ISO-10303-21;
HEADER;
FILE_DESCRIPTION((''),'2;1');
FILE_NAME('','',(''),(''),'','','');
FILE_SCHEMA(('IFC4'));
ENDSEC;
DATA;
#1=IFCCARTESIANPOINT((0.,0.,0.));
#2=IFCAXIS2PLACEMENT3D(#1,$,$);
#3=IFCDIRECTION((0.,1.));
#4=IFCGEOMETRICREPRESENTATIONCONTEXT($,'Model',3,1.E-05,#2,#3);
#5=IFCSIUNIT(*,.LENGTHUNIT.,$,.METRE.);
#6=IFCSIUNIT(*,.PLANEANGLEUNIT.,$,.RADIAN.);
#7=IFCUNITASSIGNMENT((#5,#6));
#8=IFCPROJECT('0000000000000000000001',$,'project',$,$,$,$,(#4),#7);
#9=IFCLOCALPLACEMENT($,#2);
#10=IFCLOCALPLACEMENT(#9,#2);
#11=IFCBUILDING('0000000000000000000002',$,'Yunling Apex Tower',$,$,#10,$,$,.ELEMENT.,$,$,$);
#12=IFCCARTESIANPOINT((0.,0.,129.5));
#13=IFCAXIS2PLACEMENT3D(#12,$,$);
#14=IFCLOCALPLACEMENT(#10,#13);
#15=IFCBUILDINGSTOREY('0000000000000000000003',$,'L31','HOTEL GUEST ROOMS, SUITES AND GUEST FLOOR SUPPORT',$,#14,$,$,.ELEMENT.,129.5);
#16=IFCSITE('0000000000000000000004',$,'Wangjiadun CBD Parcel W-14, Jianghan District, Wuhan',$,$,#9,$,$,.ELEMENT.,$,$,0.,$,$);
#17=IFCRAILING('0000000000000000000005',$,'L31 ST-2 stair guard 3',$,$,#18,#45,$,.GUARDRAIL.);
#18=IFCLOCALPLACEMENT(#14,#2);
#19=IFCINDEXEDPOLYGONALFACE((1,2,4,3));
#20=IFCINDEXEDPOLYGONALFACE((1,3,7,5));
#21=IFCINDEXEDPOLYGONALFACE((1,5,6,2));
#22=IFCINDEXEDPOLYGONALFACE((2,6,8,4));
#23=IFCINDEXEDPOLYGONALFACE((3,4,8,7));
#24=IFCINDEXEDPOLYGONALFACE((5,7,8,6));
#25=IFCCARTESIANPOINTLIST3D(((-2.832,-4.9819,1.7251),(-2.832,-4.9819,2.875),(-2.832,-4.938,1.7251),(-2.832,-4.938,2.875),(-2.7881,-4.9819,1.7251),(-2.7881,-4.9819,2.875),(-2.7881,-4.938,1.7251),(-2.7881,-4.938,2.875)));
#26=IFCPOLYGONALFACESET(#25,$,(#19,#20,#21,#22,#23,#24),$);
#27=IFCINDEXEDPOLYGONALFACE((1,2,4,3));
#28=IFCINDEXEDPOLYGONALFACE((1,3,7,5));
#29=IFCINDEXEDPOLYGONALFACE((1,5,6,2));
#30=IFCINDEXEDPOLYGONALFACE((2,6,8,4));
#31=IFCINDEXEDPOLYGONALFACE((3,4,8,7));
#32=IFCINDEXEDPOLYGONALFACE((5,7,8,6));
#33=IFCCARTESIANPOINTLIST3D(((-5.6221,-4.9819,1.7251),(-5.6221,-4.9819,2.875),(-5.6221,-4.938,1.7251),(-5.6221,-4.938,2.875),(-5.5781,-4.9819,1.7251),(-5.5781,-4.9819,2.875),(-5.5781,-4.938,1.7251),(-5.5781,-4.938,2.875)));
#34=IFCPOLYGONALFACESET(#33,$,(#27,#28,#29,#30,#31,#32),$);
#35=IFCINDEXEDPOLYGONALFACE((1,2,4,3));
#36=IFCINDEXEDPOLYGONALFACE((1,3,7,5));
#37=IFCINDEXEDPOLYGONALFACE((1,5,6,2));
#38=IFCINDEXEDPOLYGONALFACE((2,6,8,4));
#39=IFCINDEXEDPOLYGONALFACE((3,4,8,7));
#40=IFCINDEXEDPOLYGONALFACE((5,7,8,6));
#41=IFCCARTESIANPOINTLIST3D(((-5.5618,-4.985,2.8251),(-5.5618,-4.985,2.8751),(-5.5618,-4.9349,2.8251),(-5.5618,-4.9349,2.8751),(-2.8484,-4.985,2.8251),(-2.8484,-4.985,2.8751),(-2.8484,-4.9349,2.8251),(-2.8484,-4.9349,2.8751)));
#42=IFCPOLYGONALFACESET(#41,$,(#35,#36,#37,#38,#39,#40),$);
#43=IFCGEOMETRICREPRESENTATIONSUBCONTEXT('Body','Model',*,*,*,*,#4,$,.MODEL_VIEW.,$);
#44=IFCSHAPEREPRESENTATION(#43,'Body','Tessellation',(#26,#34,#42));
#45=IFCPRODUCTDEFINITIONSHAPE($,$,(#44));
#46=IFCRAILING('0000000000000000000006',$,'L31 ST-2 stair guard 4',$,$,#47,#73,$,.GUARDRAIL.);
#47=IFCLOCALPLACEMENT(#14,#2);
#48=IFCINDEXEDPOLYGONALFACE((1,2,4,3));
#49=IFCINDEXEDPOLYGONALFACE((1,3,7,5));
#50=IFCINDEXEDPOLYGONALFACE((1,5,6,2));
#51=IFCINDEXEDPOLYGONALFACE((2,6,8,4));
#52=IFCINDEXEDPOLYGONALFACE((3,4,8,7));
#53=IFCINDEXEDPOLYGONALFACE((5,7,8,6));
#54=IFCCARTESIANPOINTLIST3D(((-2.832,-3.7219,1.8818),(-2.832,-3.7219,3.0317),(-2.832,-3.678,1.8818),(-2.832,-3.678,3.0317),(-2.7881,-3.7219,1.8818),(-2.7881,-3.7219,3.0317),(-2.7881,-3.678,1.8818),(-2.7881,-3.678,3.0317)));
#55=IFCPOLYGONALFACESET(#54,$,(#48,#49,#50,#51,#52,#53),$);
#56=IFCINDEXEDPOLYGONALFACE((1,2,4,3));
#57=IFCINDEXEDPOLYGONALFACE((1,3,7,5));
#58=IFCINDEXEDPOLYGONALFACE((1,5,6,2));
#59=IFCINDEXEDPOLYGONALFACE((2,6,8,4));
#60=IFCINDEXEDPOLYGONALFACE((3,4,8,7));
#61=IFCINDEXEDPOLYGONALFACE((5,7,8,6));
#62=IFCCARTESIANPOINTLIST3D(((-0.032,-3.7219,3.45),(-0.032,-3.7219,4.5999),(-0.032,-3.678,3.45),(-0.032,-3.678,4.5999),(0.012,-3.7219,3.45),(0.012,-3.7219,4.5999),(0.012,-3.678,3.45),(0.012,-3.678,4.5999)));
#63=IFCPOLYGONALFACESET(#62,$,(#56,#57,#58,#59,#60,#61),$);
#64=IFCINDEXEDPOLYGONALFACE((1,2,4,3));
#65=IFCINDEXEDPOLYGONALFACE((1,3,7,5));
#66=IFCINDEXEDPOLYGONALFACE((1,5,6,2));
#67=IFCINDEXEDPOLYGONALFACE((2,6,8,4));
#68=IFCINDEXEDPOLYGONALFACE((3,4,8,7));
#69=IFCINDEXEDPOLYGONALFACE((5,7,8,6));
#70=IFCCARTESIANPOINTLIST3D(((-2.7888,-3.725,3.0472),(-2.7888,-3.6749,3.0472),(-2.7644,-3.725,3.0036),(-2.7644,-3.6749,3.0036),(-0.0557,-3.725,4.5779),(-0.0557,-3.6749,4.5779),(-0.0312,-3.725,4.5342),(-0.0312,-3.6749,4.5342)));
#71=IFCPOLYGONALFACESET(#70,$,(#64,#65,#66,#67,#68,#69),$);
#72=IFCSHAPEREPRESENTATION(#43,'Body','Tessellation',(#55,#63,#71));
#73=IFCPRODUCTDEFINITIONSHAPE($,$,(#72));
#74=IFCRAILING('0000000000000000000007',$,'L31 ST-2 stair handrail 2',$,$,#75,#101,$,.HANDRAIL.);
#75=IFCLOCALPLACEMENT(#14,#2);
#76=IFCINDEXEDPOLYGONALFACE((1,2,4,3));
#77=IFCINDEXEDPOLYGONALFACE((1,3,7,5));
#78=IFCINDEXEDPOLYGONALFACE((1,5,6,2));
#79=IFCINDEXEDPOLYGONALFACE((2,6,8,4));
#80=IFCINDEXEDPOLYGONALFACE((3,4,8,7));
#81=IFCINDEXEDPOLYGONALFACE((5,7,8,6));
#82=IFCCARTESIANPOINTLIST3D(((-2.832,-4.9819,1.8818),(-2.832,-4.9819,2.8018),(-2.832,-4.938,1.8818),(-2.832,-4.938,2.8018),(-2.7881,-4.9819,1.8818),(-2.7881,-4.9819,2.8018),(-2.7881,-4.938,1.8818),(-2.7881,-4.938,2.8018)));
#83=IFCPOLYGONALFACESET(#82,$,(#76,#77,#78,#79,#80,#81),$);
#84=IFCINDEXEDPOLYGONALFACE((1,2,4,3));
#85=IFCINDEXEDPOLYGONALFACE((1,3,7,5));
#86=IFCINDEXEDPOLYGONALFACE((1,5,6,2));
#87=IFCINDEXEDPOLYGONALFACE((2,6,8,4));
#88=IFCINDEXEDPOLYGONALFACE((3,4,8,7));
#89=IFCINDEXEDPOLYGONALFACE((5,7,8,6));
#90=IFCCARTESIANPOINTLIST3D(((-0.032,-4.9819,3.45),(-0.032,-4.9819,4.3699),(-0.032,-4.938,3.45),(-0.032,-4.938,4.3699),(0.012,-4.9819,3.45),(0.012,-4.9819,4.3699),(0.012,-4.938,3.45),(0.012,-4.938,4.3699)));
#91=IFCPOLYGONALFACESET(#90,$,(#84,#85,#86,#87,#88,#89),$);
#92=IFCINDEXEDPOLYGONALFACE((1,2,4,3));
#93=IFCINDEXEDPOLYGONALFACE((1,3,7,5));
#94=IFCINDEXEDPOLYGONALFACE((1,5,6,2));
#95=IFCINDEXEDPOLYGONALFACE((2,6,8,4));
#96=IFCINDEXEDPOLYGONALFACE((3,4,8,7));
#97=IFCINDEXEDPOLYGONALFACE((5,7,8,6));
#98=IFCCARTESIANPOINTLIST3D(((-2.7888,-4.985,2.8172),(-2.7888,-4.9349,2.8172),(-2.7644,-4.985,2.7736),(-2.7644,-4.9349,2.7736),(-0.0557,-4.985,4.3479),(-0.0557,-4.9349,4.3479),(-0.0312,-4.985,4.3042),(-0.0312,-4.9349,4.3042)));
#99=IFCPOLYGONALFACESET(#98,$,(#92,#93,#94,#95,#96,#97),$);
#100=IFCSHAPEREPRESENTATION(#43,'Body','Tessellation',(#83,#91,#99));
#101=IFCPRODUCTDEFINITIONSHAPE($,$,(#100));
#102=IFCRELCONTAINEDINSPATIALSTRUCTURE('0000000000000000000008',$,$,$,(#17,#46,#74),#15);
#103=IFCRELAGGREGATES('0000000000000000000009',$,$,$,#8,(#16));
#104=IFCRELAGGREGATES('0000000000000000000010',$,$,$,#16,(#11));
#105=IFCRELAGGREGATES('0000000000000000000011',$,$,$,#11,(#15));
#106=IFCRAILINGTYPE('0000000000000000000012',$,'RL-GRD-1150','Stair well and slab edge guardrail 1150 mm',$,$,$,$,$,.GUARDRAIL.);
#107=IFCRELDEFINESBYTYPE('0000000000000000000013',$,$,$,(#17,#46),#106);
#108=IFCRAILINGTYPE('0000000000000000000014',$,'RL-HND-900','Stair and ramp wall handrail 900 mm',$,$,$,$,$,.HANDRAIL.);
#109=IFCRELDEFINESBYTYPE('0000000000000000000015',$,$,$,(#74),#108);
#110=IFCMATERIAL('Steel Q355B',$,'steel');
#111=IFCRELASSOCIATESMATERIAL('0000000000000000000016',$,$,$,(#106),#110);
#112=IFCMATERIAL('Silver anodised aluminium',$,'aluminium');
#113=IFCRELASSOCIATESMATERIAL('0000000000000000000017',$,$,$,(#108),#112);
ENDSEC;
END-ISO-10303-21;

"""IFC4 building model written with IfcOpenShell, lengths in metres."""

from ifc_helpers import new_model, si_unit, direction, frame, origin, origin_2d, place, context, subcontext, project, spatial, rectangle, extrude, material, type_object, element, save


model = new_model("IFC4")

# Units and contexts
model_context = context("Model", 3, precision=1e-05, world=origin(), true_north=direction((0.0, 1.0)))
body_context = subcontext(model_context, "Body", "Model", "MODEL_VIEW")
ifc_project = project(units=[si_unit("LENGTHUNIT", "METRE"), si_unit("PLANEANGLEUNIT", "RADIAN")], contexts=[model_context])

# Site, building, storey
site_placement = place(None, origin())
site = spatial("IfcSite", under=ifc_project, at=site_placement, Name="Wangjiadun CBD Parcel W-14, Jianghan District, Wuhan", CompositionType="ELEMENT", RefElevation=0.0)
building_placement = place(site_placement, origin())
building = spatial("IfcBuilding", under=site, at=building_placement, Name="Yunling Apex Tower", CompositionType="ELEMENT")
storey_placement = place(building_placement, frame((0.0, 0.0, 129.5)))
storey = spatial("IfcBuildingStorey", under=building, at=storey_placement, Name="L31", Description="HOTEL GUEST ROOMS, SUITES AND GUEST FLOOR SUPPORT", CompositionType="ELEMENT", Elevation=129.5)

# Shared definitions
ifc_material_1 = material(Name="Steel Q355B", Category="steel")

# Shared definitions
ifc_material_2 = material(Name="Silver anodised aluminium", Category="aluminium")

# Railings
railing_type_1 = type_object("IfcRailingType", Name="RL-GRD-1150", Description="Stair well and slab edge guardrail 1150 mm", PredefinedType="GUARDRAIL", material=ifc_material_1)
railing_1_placement = place(storey_placement, frame((-2.8101, -4.96, 1.7251)))
element("IfcRailing", 1, at=railing_1_placement, inside=storey, type_object=railing_type_1, Name="L31 ST-2 stair guard 3", PredefinedType="GUARDRAIL", context=body_context, shape_type="SweptSolid", body=[
    extrude(rectangle(XDim=0.0439, YDim=0.0439, at=origin_2d()), origin(), (0.0, 0.0, 1.0), 1.1499),
    extrude(rectangle(XDim=0.0439, YDim=0.0439, at=origin_2d()), frame((-2.79, 0.0, 0.0)), (0.0, 0.0, 1.0), 1.1499),
    extrude(rectangle(XDim=0.05, YDim=0.05, at=origin_2d()), frame((-0.0383, 0.0, 1.125), z_axis=(-1.0, 0.0, 0.0), x_axis=(0.0, -1.0, 0.0)), (0.0, 0.0, 1.0), 2.7134),
])
railing_2_placement = place(storey_placement, frame((-2.8101, -3.7, 1.8818)))
element("IfcRailing", 2, at=railing_2_placement, inside=storey, type_object=railing_type_1, Name="L31 ST-2 stair guard 4", PredefinedType="GUARDRAIL", context=body_context, shape_type="SweptSolid", body=[
    extrude(rectangle(XDim=0.0439, YDim=0.0439, at=origin_2d()), origin(), (0.0, 0.0, 1.0), 1.1499),
    extrude(rectangle(XDim=0.0439, YDim=0.0439, at=origin_2d()), frame((2.8, 0.0, 1.5681)), (0.0, 0.0, 1.0), 1.1499),
    extrude(rectangle(XDim=0.05, YDim=0.05, at=origin_2d()), frame((0.0334, 0.0, 1.1436), z_axis=(0.872494, 0.0, 0.488624), x_axis=(0.0, 1.0, 0.0)), (0.0, 0.0, 1.0), 3.1326),
])
railing_type_2 = type_object("IfcRailingType", Name="RL-HND-900", Description="Stair and ramp wall handrail 900 mm", PredefinedType="HANDRAIL", material=ifc_material_2)
railing_3_placement = place(storey_placement, frame((-2.8101, -4.96, 1.8818)))
element("IfcRailing", 3, at=railing_3_placement, inside=storey, type_object=railing_type_2, Name="L31 ST-2 stair handrail 2", PredefinedType="HANDRAIL", context=body_context, shape_type="SweptSolid", body=[
    extrude(rectangle(XDim=0.0439, YDim=0.0439, at=origin_2d()), origin(), (0.0, 0.0, 1.0), 0.9199),
    extrude(rectangle(XDim=0.0439, YDim=0.0439, at=origin_2d()), frame((2.8, 0.0, 1.5681)), (0.0, 0.0, 1.0), 0.9199),
    extrude(rectangle(XDim=0.05, YDim=0.05, at=origin_2d()), frame((0.0334, 0.0, 0.9136), z_axis=(0.872494, 0.0, 0.488624), x_axis=(0.0, 1.0, 0.0)), (0.0, 0.0, 1.0), 3.1326),
])

save(model, "model.ifc")
